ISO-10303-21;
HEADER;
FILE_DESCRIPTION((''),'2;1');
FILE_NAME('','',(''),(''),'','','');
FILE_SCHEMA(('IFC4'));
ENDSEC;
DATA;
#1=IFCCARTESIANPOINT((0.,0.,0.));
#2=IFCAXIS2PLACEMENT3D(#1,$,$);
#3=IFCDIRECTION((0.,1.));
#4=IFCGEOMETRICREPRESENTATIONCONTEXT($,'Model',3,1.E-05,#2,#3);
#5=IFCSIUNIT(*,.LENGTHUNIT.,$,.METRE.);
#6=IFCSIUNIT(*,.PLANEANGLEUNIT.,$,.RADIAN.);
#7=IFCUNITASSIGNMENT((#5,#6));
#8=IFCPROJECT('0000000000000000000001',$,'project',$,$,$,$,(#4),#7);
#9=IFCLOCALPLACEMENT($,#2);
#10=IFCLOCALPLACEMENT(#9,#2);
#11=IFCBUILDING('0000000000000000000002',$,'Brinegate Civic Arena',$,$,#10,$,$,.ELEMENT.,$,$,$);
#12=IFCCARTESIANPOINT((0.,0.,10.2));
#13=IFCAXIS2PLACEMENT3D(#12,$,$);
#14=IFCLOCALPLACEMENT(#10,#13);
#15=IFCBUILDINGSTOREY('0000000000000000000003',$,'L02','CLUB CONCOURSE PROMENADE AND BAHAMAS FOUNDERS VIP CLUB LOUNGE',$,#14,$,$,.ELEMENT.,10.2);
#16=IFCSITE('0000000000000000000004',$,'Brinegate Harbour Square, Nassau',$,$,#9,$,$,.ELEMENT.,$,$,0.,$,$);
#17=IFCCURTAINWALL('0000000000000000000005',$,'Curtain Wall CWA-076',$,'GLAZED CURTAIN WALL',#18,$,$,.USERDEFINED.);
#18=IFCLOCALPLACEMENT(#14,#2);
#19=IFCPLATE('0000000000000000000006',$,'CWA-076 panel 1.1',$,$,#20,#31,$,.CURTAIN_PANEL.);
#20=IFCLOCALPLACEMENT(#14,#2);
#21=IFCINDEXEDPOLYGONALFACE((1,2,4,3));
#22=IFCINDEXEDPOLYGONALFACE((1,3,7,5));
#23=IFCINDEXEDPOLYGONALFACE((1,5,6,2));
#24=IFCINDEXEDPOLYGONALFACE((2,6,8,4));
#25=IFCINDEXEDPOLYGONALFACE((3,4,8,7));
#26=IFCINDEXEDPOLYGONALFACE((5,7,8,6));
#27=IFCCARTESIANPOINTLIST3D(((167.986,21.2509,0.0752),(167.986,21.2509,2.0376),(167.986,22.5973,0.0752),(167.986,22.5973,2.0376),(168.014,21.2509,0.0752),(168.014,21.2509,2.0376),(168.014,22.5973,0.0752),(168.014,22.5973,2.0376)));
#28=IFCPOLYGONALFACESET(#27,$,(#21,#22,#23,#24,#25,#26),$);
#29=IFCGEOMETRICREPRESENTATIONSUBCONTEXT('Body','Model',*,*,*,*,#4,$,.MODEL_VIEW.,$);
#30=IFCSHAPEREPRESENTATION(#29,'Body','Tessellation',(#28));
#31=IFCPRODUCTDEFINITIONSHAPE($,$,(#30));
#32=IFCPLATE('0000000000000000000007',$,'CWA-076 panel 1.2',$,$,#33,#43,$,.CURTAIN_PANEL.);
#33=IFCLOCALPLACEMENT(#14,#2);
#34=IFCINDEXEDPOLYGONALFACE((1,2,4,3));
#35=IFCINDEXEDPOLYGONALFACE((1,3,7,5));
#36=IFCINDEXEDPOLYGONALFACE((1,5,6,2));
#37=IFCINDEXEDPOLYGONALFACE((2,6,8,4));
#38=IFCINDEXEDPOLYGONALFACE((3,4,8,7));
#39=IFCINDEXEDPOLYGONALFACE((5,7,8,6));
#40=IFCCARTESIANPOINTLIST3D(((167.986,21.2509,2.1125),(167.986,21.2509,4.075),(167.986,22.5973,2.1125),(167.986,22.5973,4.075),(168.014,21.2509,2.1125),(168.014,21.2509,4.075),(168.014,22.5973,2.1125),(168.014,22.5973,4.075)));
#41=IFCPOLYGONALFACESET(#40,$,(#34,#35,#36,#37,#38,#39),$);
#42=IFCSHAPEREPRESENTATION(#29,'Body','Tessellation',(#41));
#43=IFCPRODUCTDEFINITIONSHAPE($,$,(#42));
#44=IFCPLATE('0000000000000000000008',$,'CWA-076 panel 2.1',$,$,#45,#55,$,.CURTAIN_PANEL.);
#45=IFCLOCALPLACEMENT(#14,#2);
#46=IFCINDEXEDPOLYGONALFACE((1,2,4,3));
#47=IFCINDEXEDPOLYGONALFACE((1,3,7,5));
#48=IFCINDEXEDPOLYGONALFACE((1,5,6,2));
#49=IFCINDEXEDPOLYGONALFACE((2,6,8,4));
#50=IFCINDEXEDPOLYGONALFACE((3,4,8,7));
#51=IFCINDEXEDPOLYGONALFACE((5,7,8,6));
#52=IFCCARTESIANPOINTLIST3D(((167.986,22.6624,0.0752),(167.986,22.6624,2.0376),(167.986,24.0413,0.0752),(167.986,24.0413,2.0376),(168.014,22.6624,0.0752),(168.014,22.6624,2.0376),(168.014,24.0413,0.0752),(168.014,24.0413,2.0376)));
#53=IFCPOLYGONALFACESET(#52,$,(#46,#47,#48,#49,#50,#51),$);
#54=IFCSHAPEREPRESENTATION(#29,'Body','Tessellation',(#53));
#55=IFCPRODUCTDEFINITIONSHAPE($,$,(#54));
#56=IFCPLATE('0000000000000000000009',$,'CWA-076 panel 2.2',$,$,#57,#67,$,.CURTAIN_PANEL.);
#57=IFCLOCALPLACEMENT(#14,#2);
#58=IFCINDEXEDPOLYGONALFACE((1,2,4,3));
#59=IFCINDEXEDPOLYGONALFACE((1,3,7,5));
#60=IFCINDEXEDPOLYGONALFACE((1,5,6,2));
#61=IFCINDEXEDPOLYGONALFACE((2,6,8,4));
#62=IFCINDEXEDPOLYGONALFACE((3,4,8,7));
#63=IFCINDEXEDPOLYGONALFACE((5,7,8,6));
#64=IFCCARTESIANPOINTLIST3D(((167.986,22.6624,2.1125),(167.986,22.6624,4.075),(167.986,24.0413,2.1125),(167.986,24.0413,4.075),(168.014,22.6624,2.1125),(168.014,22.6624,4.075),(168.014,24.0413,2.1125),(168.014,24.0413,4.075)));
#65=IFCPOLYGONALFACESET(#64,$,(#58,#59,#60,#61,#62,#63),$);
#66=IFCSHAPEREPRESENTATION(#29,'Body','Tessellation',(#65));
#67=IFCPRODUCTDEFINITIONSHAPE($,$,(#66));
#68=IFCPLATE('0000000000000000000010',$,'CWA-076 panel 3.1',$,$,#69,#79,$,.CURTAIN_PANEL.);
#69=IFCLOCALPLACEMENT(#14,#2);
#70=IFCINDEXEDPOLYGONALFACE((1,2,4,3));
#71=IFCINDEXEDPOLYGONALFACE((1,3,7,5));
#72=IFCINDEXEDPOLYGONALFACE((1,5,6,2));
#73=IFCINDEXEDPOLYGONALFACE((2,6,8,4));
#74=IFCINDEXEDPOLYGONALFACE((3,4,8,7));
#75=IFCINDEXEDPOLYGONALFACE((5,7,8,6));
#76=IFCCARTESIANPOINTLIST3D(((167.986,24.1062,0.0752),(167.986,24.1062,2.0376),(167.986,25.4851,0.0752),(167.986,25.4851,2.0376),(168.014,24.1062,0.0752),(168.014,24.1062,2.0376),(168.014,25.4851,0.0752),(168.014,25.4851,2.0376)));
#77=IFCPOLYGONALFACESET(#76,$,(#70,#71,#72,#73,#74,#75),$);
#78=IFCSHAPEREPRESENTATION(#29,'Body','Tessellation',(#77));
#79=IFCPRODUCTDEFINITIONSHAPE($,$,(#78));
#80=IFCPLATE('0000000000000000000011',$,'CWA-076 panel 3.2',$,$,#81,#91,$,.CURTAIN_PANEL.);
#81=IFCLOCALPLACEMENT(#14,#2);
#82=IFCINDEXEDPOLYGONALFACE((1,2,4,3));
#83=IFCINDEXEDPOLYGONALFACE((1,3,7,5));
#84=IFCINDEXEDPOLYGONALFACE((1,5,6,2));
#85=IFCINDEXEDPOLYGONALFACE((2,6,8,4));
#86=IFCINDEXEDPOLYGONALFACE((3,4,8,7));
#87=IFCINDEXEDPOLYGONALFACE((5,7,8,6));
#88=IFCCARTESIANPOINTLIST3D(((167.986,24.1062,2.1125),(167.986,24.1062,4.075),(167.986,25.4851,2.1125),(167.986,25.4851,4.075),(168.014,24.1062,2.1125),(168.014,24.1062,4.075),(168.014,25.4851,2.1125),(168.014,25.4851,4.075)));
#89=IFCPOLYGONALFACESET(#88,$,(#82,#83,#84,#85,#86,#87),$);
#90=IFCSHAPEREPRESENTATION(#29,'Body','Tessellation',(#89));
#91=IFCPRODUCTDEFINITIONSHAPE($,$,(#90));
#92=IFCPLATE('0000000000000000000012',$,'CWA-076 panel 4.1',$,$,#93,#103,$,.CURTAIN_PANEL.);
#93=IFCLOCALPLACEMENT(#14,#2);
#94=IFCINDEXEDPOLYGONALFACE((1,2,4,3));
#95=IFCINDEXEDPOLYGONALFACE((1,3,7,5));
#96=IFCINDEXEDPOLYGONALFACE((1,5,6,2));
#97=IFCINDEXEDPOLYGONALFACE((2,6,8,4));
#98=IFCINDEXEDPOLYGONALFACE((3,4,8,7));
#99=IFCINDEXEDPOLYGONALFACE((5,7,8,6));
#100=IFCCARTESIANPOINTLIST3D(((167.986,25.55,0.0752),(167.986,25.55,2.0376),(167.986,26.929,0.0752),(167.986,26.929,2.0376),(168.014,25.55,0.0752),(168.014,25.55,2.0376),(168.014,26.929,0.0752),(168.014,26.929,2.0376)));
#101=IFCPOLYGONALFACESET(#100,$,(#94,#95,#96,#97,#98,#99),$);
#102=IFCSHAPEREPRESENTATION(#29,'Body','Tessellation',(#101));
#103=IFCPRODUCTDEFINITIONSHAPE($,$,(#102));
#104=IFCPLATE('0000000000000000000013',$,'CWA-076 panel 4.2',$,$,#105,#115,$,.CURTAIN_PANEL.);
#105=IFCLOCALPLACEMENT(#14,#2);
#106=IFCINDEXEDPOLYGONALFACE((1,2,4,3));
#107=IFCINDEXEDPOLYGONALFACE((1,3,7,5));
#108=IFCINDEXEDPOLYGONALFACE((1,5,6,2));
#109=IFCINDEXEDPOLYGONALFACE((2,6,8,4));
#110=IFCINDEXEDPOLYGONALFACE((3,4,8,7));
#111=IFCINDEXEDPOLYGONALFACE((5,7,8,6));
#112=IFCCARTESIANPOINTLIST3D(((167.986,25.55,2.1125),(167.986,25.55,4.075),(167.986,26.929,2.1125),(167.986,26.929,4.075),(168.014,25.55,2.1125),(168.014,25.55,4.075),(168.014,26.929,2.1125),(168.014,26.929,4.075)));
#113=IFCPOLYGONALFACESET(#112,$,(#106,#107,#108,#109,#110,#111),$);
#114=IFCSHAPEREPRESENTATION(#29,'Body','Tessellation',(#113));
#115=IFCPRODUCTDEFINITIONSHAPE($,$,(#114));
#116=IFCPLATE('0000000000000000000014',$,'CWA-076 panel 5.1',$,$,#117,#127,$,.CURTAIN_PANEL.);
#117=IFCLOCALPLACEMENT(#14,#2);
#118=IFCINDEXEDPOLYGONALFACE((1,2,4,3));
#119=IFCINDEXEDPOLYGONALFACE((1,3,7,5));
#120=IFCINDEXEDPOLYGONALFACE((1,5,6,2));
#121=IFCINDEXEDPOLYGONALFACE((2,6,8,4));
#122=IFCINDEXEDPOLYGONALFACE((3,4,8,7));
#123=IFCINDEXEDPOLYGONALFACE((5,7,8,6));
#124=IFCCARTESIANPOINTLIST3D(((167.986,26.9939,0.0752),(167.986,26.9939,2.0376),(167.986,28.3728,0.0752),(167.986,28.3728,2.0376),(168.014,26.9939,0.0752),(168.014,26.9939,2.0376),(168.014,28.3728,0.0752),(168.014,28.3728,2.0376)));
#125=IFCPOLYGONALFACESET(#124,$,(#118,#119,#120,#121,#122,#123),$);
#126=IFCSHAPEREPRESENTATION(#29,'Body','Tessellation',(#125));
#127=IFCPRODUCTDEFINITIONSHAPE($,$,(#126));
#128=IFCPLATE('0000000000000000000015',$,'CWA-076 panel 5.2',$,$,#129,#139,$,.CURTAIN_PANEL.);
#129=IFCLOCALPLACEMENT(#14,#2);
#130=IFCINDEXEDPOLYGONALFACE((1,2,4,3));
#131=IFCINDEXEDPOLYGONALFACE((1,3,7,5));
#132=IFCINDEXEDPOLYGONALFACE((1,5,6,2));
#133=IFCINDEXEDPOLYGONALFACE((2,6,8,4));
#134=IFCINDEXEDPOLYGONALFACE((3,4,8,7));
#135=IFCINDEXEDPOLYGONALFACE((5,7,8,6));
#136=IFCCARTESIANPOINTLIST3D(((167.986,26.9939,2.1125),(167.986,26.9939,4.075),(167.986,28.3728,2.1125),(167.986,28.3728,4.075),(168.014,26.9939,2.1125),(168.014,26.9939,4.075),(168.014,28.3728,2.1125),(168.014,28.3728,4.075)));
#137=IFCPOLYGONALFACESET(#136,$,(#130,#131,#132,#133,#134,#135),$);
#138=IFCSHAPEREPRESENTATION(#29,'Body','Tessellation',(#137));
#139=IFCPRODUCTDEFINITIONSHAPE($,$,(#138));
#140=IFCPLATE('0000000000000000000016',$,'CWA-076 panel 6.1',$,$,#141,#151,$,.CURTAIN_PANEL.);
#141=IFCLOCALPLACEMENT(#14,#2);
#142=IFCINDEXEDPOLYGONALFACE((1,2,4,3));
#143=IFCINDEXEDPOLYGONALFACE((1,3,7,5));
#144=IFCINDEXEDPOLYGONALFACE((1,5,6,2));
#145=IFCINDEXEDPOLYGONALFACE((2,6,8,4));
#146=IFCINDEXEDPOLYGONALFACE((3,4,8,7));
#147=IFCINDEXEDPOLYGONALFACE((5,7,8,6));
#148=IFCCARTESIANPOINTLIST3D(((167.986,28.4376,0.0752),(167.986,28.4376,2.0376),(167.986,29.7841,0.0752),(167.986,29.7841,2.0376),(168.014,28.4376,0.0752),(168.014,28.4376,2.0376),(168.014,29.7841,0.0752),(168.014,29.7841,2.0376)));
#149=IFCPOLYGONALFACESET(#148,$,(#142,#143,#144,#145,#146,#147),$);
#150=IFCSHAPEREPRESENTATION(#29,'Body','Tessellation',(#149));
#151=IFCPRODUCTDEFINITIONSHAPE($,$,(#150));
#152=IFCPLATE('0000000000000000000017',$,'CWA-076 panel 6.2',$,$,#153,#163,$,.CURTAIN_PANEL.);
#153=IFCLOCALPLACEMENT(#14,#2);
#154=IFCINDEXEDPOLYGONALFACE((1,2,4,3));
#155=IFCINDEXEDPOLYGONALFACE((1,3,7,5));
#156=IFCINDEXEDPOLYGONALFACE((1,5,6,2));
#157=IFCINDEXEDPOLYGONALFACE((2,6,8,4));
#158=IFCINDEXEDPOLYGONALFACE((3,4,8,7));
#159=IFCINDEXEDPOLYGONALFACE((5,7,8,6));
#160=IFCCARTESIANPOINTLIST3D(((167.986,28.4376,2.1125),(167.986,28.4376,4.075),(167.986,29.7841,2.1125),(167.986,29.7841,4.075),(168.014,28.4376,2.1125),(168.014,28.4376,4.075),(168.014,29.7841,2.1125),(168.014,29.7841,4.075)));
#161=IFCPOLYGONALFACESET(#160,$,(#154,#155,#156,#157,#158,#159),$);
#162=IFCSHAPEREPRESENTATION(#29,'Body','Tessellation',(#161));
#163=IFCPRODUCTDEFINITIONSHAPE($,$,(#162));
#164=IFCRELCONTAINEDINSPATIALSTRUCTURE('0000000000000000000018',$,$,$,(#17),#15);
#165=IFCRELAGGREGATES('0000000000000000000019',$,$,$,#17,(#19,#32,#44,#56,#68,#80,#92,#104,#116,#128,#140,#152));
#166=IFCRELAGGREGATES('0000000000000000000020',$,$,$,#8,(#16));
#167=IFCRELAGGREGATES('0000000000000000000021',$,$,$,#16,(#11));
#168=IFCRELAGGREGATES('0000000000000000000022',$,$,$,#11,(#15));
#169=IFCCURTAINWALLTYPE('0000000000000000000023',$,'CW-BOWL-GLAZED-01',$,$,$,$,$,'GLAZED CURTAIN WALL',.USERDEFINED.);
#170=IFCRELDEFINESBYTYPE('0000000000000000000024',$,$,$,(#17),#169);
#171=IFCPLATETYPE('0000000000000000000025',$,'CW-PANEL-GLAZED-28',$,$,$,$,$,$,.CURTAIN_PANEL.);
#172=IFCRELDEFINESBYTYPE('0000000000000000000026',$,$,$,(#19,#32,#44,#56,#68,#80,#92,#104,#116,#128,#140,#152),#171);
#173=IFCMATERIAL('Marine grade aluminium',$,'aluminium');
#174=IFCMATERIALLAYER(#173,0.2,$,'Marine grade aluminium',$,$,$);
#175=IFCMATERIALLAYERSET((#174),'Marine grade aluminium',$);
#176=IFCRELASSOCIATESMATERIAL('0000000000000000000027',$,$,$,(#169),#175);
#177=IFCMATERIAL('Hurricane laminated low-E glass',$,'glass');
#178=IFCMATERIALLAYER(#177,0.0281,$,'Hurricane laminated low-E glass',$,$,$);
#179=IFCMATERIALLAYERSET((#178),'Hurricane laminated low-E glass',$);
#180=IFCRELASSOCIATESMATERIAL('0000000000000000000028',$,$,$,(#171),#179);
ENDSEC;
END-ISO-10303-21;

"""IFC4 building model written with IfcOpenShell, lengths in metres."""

from ifc_helpers import new_model, si_unit, direction, frame, origin, origin_2d, place, context, subcontext, project, spatial, rectangle, extrude, material, layer, layer_set, type_object, element, aggregate, save


model = new_model("IFC4")

# Units and contexts
model_context = context("Model", 3, precision=1e-05, world=origin(), true_north=direction((0.0, 1.0)))
body_context = subcontext(model_context, "Body", "Model", "MODEL_VIEW")
ifc_project = project(units=[si_unit("LENGTHUNIT", "METRE"), si_unit("PLANEANGLEUNIT", "RADIAN")], contexts=[model_context])

# Site, building, storey
site_placement = place(None, origin())
site = spatial("IfcSite", under=ifc_project, at=site_placement, Name="Brinegate Harbour Square, Nassau", CompositionType="ELEMENT", RefElevation=0.0)
building_placement = place(site_placement, origin())
building = spatial("IfcBuilding", under=site, at=building_placement, Name="Brinegate Civic Arena", CompositionType="ELEMENT")
storey_placement = place(building_placement, frame((0.0, 0.0, 10.2)))
storey = spatial("IfcBuildingStorey", under=building, at=storey_placement, Name="L02", Description="CLUB CONCOURSE PROMENADE AND BAHAMAS FOUNDERS VIP CLUB LOUNGE", CompositionType="ELEMENT", Elevation=10.2)

# Curtain wall
ifc_material_1 = material(Name="Marine grade aluminium", Category="aluminium")
ifc_layer_1 = layer(ifc_material_1, 0.2, Name="Marine grade aluminium")
ifc_layer_set_1 = layer_set([ifc_layer_1], Name="Marine grade aluminium")
curtain_wall_type = type_object("IfcCurtainWallType", Name="CW-BOWL-GLAZED-01", ElementType="GLAZED CURTAIN WALL", PredefinedType="USERDEFINED", material=ifc_layer_set_1)
curtain_wall_placement = place(storey_placement, origin())
curtain_wall = element("IfcCurtainWall", 1, at=curtain_wall_placement, inside=storey, type_object=curtain_wall_type, Name="Curtain Wall CWA-076", ObjectType="GLAZED CURTAIN WALL", PredefinedType="USERDEFINED")

# Plates
ifc_material_2 = material(Name="Hurricane laminated low-E glass", Category="glass")
ifc_layer_2 = layer(ifc_material_2, 0.0281, Name="Hurricane laminated low-E glass")
ifc_layer_set_2 = layer_set([ifc_layer_2], Name="Hurricane laminated low-E glass")
plate_type = type_object("IfcPlateType", Name="CW-PANEL-GLAZED-28", PredefinedType="CURTAIN_PANEL", material=ifc_layer_set_2)
plate_1_placement = place(storey_placement, frame((168.0, 21.9241, 0.0752), z_axis=(0.0, 0.0, 1.0), x_axis=(0.0, 1.0, 0.0)))
plate_1 = element("IfcPlate", 2, at=plate_1_placement, type_object=plate_type, Name="CWA-076 panel 1.1", PredefinedType="CURTAIN_PANEL", context=body_context, shape_type="SweptSolid", body=[
    extrude(rectangle(XDim=1.3464, YDim=0.0281, at=origin_2d()), origin(), (0.0, 0.0, 1.0), 1.9624),
])
plate_2_placement = place(storey_placement, frame((168.0, 21.9241, 2.1125), z_axis=(0.0, 0.0, 1.0), x_axis=(0.0, 1.0, 0.0)))
plate_2 = element("IfcPlate", 3, at=plate_2_placement, type_object=plate_type, Name="CWA-076 panel 1.2", PredefinedType="CURTAIN_PANEL", context=body_context, shape_type="SweptSolid", body=[
    extrude(rectangle(XDim=1.3464, YDim=0.0281, at=origin_2d()), origin(), (0.0, 0.0, 1.0), 1.9624),
])
plate_3_placement = place(storey_placement, frame((168.0, 23.3518, 0.0752), z_axis=(0.0, 0.0, 1.0), x_axis=(0.0, 1.0, 0.0)))
plate_3 = element("IfcPlate", 4, at=plate_3_placement, type_object=plate_type, Name="CWA-076 panel 2.1", PredefinedType="CURTAIN_PANEL", context=body_context, shape_type="SweptSolid", body=[
    extrude(rectangle(XDim=1.3789, YDim=0.0281, at=origin_2d()), origin(), (0.0, 0.0, 1.0), 1.9624),
])
plate_4_placement = place(storey_placement, frame((168.0, 23.3518, 2.1125), z_axis=(0.0, 0.0, 1.0), x_axis=(0.0, 1.0, 0.0)))
plate_4 = element("IfcPlate", 5, at=plate_4_placement, type_object=plate_type, Name="CWA-076 panel 2.2", PredefinedType="CURTAIN_PANEL", context=body_context, shape_type="SweptSolid", body=[
    extrude(rectangle(XDim=1.3789, YDim=0.0281, at=origin_2d()), origin(), (0.0, 0.0, 1.0), 1.9624),
])
plate_5_placement = place(storey_placement, frame((168.0, 24.7957, 0.0752), z_axis=(0.0, 0.0, 1.0), x_axis=(0.0, 1.0, 0.0)))
plate_5 = element("IfcPlate", 6, at=plate_5_placement, type_object=plate_type, Name="CWA-076 panel 3.1", PredefinedType="CURTAIN_PANEL", context=body_context, shape_type="SweptSolid", body=[
    extrude(rectangle(XDim=1.3789, YDim=0.0281, at=origin_2d()), origin(), (0.0, 0.0, 1.0), 1.9624),
])
plate_6_placement = place(storey_placement, frame((168.0, 24.7957, 2.1125), z_axis=(0.0, 0.0, 1.0), x_axis=(0.0, 1.0, 0.0)))
plate_6 = element("IfcPlate", 7, at=plate_6_placement, type_object=plate_type, Name="CWA-076 panel 3.2", PredefinedType="CURTAIN_PANEL", context=body_context, shape_type="SweptSolid", body=[
    extrude(rectangle(XDim=1.3789, YDim=0.0281, at=origin_2d()), origin(), (0.0, 0.0, 1.0), 1.9624),
])
plate_7_placement = place(storey_placement, frame((168.0, 26.2395, 0.0752), z_axis=(0.0, 0.0, 1.0), x_axis=(0.0, 1.0, 0.0)))
plate_7 = element("IfcPlate", 8, at=plate_7_placement, type_object=plate_type, Name="CWA-076 panel 4.1", PredefinedType="CURTAIN_PANEL", context=body_context, shape_type="SweptSolid", body=[
    extrude(rectangle(XDim=1.3789, YDim=0.0281, at=origin_2d()), origin(), (0.0, 0.0, 1.0), 1.9624),
])
plate_8_placement = place(storey_placement, frame((168.0, 26.2395, 2.1125), z_axis=(0.0, 0.0, 1.0), x_axis=(0.0, 1.0, 0.0)))
plate_8 = element("IfcPlate", 9, at=plate_8_placement, type_object=plate_type, Name="CWA-076 panel 4.2", PredefinedType="CURTAIN_PANEL", context=body_context, shape_type="SweptSolid", body=[
    extrude(rectangle(XDim=1.3789, YDim=0.0281, at=origin_2d()), origin(), (0.0, 0.0, 1.0), 1.9624),
])
plate_9_placement = place(storey_placement, frame((168.0, 27.6833, 0.0752), z_axis=(0.0, 0.0, 1.0), x_axis=(0.0, 1.0, 0.0)))
plate_9 = element("IfcPlate", 10, at=plate_9_placement, type_object=plate_type, Name="CWA-076 panel 5.1", PredefinedType="CURTAIN_PANEL", context=body_context, shape_type="SweptSolid", body=[
    extrude(rectangle(XDim=1.3789, YDim=0.0281, at=origin_2d()), origin(), (0.0, 0.0, 1.0), 1.9624),
])
plate_10_placement = place(storey_placement, frame((168.0, 27.6833, 2.1125), z_axis=(0.0, 0.0, 1.0), x_axis=(0.0, 1.0, 0.0)))
plate_10 = element("IfcPlate", 11, at=plate_10_placement, type_object=plate_type, Name="CWA-076 panel 5.2", PredefinedType="CURTAIN_PANEL", context=body_context, shape_type="SweptSolid", body=[
    extrude(rectangle(XDim=1.3789, YDim=0.0281, at=origin_2d()), origin(), (0.0, 0.0, 1.0), 1.9624),
])
plate_11_placement = place(storey_placement, frame((168.0, 29.1108, 0.0752), z_axis=(0.0, 0.0, 1.0), x_axis=(0.0, 1.0, 0.0)))
plate_11 = element("IfcPlate", 12, at=plate_11_placement, type_object=plate_type, Name="CWA-076 panel 6.1", PredefinedType="CURTAIN_PANEL", context=body_context, shape_type="SweptSolid", body=[
    extrude(rectangle(XDim=1.3464, YDim=0.0281, at=origin_2d()), origin(), (0.0, 0.0, 1.0), 1.9624),
])
plate_12_placement = place(storey_placement, frame((168.0, 29.1108, 2.1125), z_axis=(0.0, 0.0, 1.0), x_axis=(0.0, 1.0, 0.0)))
plate_12 = element("IfcPlate", 13, at=plate_12_placement, type_object=plate_type, Name="CWA-076 panel 6.2", PredefinedType="CURTAIN_PANEL", context=body_context, shape_type="SweptSolid", body=[
    extrude(rectangle(XDim=1.3464, YDim=0.0281, at=origin_2d()), origin(), (0.0, 0.0, 1.0), 1.9624),
])
aggregate(curtain_wall, [plate_1, plate_2, plate_3, plate_4, plate_5, plate_6, plate_7, plate_8, plate_9, plate_10, plate_11, plate_12])

save(model, "model.ifc")
